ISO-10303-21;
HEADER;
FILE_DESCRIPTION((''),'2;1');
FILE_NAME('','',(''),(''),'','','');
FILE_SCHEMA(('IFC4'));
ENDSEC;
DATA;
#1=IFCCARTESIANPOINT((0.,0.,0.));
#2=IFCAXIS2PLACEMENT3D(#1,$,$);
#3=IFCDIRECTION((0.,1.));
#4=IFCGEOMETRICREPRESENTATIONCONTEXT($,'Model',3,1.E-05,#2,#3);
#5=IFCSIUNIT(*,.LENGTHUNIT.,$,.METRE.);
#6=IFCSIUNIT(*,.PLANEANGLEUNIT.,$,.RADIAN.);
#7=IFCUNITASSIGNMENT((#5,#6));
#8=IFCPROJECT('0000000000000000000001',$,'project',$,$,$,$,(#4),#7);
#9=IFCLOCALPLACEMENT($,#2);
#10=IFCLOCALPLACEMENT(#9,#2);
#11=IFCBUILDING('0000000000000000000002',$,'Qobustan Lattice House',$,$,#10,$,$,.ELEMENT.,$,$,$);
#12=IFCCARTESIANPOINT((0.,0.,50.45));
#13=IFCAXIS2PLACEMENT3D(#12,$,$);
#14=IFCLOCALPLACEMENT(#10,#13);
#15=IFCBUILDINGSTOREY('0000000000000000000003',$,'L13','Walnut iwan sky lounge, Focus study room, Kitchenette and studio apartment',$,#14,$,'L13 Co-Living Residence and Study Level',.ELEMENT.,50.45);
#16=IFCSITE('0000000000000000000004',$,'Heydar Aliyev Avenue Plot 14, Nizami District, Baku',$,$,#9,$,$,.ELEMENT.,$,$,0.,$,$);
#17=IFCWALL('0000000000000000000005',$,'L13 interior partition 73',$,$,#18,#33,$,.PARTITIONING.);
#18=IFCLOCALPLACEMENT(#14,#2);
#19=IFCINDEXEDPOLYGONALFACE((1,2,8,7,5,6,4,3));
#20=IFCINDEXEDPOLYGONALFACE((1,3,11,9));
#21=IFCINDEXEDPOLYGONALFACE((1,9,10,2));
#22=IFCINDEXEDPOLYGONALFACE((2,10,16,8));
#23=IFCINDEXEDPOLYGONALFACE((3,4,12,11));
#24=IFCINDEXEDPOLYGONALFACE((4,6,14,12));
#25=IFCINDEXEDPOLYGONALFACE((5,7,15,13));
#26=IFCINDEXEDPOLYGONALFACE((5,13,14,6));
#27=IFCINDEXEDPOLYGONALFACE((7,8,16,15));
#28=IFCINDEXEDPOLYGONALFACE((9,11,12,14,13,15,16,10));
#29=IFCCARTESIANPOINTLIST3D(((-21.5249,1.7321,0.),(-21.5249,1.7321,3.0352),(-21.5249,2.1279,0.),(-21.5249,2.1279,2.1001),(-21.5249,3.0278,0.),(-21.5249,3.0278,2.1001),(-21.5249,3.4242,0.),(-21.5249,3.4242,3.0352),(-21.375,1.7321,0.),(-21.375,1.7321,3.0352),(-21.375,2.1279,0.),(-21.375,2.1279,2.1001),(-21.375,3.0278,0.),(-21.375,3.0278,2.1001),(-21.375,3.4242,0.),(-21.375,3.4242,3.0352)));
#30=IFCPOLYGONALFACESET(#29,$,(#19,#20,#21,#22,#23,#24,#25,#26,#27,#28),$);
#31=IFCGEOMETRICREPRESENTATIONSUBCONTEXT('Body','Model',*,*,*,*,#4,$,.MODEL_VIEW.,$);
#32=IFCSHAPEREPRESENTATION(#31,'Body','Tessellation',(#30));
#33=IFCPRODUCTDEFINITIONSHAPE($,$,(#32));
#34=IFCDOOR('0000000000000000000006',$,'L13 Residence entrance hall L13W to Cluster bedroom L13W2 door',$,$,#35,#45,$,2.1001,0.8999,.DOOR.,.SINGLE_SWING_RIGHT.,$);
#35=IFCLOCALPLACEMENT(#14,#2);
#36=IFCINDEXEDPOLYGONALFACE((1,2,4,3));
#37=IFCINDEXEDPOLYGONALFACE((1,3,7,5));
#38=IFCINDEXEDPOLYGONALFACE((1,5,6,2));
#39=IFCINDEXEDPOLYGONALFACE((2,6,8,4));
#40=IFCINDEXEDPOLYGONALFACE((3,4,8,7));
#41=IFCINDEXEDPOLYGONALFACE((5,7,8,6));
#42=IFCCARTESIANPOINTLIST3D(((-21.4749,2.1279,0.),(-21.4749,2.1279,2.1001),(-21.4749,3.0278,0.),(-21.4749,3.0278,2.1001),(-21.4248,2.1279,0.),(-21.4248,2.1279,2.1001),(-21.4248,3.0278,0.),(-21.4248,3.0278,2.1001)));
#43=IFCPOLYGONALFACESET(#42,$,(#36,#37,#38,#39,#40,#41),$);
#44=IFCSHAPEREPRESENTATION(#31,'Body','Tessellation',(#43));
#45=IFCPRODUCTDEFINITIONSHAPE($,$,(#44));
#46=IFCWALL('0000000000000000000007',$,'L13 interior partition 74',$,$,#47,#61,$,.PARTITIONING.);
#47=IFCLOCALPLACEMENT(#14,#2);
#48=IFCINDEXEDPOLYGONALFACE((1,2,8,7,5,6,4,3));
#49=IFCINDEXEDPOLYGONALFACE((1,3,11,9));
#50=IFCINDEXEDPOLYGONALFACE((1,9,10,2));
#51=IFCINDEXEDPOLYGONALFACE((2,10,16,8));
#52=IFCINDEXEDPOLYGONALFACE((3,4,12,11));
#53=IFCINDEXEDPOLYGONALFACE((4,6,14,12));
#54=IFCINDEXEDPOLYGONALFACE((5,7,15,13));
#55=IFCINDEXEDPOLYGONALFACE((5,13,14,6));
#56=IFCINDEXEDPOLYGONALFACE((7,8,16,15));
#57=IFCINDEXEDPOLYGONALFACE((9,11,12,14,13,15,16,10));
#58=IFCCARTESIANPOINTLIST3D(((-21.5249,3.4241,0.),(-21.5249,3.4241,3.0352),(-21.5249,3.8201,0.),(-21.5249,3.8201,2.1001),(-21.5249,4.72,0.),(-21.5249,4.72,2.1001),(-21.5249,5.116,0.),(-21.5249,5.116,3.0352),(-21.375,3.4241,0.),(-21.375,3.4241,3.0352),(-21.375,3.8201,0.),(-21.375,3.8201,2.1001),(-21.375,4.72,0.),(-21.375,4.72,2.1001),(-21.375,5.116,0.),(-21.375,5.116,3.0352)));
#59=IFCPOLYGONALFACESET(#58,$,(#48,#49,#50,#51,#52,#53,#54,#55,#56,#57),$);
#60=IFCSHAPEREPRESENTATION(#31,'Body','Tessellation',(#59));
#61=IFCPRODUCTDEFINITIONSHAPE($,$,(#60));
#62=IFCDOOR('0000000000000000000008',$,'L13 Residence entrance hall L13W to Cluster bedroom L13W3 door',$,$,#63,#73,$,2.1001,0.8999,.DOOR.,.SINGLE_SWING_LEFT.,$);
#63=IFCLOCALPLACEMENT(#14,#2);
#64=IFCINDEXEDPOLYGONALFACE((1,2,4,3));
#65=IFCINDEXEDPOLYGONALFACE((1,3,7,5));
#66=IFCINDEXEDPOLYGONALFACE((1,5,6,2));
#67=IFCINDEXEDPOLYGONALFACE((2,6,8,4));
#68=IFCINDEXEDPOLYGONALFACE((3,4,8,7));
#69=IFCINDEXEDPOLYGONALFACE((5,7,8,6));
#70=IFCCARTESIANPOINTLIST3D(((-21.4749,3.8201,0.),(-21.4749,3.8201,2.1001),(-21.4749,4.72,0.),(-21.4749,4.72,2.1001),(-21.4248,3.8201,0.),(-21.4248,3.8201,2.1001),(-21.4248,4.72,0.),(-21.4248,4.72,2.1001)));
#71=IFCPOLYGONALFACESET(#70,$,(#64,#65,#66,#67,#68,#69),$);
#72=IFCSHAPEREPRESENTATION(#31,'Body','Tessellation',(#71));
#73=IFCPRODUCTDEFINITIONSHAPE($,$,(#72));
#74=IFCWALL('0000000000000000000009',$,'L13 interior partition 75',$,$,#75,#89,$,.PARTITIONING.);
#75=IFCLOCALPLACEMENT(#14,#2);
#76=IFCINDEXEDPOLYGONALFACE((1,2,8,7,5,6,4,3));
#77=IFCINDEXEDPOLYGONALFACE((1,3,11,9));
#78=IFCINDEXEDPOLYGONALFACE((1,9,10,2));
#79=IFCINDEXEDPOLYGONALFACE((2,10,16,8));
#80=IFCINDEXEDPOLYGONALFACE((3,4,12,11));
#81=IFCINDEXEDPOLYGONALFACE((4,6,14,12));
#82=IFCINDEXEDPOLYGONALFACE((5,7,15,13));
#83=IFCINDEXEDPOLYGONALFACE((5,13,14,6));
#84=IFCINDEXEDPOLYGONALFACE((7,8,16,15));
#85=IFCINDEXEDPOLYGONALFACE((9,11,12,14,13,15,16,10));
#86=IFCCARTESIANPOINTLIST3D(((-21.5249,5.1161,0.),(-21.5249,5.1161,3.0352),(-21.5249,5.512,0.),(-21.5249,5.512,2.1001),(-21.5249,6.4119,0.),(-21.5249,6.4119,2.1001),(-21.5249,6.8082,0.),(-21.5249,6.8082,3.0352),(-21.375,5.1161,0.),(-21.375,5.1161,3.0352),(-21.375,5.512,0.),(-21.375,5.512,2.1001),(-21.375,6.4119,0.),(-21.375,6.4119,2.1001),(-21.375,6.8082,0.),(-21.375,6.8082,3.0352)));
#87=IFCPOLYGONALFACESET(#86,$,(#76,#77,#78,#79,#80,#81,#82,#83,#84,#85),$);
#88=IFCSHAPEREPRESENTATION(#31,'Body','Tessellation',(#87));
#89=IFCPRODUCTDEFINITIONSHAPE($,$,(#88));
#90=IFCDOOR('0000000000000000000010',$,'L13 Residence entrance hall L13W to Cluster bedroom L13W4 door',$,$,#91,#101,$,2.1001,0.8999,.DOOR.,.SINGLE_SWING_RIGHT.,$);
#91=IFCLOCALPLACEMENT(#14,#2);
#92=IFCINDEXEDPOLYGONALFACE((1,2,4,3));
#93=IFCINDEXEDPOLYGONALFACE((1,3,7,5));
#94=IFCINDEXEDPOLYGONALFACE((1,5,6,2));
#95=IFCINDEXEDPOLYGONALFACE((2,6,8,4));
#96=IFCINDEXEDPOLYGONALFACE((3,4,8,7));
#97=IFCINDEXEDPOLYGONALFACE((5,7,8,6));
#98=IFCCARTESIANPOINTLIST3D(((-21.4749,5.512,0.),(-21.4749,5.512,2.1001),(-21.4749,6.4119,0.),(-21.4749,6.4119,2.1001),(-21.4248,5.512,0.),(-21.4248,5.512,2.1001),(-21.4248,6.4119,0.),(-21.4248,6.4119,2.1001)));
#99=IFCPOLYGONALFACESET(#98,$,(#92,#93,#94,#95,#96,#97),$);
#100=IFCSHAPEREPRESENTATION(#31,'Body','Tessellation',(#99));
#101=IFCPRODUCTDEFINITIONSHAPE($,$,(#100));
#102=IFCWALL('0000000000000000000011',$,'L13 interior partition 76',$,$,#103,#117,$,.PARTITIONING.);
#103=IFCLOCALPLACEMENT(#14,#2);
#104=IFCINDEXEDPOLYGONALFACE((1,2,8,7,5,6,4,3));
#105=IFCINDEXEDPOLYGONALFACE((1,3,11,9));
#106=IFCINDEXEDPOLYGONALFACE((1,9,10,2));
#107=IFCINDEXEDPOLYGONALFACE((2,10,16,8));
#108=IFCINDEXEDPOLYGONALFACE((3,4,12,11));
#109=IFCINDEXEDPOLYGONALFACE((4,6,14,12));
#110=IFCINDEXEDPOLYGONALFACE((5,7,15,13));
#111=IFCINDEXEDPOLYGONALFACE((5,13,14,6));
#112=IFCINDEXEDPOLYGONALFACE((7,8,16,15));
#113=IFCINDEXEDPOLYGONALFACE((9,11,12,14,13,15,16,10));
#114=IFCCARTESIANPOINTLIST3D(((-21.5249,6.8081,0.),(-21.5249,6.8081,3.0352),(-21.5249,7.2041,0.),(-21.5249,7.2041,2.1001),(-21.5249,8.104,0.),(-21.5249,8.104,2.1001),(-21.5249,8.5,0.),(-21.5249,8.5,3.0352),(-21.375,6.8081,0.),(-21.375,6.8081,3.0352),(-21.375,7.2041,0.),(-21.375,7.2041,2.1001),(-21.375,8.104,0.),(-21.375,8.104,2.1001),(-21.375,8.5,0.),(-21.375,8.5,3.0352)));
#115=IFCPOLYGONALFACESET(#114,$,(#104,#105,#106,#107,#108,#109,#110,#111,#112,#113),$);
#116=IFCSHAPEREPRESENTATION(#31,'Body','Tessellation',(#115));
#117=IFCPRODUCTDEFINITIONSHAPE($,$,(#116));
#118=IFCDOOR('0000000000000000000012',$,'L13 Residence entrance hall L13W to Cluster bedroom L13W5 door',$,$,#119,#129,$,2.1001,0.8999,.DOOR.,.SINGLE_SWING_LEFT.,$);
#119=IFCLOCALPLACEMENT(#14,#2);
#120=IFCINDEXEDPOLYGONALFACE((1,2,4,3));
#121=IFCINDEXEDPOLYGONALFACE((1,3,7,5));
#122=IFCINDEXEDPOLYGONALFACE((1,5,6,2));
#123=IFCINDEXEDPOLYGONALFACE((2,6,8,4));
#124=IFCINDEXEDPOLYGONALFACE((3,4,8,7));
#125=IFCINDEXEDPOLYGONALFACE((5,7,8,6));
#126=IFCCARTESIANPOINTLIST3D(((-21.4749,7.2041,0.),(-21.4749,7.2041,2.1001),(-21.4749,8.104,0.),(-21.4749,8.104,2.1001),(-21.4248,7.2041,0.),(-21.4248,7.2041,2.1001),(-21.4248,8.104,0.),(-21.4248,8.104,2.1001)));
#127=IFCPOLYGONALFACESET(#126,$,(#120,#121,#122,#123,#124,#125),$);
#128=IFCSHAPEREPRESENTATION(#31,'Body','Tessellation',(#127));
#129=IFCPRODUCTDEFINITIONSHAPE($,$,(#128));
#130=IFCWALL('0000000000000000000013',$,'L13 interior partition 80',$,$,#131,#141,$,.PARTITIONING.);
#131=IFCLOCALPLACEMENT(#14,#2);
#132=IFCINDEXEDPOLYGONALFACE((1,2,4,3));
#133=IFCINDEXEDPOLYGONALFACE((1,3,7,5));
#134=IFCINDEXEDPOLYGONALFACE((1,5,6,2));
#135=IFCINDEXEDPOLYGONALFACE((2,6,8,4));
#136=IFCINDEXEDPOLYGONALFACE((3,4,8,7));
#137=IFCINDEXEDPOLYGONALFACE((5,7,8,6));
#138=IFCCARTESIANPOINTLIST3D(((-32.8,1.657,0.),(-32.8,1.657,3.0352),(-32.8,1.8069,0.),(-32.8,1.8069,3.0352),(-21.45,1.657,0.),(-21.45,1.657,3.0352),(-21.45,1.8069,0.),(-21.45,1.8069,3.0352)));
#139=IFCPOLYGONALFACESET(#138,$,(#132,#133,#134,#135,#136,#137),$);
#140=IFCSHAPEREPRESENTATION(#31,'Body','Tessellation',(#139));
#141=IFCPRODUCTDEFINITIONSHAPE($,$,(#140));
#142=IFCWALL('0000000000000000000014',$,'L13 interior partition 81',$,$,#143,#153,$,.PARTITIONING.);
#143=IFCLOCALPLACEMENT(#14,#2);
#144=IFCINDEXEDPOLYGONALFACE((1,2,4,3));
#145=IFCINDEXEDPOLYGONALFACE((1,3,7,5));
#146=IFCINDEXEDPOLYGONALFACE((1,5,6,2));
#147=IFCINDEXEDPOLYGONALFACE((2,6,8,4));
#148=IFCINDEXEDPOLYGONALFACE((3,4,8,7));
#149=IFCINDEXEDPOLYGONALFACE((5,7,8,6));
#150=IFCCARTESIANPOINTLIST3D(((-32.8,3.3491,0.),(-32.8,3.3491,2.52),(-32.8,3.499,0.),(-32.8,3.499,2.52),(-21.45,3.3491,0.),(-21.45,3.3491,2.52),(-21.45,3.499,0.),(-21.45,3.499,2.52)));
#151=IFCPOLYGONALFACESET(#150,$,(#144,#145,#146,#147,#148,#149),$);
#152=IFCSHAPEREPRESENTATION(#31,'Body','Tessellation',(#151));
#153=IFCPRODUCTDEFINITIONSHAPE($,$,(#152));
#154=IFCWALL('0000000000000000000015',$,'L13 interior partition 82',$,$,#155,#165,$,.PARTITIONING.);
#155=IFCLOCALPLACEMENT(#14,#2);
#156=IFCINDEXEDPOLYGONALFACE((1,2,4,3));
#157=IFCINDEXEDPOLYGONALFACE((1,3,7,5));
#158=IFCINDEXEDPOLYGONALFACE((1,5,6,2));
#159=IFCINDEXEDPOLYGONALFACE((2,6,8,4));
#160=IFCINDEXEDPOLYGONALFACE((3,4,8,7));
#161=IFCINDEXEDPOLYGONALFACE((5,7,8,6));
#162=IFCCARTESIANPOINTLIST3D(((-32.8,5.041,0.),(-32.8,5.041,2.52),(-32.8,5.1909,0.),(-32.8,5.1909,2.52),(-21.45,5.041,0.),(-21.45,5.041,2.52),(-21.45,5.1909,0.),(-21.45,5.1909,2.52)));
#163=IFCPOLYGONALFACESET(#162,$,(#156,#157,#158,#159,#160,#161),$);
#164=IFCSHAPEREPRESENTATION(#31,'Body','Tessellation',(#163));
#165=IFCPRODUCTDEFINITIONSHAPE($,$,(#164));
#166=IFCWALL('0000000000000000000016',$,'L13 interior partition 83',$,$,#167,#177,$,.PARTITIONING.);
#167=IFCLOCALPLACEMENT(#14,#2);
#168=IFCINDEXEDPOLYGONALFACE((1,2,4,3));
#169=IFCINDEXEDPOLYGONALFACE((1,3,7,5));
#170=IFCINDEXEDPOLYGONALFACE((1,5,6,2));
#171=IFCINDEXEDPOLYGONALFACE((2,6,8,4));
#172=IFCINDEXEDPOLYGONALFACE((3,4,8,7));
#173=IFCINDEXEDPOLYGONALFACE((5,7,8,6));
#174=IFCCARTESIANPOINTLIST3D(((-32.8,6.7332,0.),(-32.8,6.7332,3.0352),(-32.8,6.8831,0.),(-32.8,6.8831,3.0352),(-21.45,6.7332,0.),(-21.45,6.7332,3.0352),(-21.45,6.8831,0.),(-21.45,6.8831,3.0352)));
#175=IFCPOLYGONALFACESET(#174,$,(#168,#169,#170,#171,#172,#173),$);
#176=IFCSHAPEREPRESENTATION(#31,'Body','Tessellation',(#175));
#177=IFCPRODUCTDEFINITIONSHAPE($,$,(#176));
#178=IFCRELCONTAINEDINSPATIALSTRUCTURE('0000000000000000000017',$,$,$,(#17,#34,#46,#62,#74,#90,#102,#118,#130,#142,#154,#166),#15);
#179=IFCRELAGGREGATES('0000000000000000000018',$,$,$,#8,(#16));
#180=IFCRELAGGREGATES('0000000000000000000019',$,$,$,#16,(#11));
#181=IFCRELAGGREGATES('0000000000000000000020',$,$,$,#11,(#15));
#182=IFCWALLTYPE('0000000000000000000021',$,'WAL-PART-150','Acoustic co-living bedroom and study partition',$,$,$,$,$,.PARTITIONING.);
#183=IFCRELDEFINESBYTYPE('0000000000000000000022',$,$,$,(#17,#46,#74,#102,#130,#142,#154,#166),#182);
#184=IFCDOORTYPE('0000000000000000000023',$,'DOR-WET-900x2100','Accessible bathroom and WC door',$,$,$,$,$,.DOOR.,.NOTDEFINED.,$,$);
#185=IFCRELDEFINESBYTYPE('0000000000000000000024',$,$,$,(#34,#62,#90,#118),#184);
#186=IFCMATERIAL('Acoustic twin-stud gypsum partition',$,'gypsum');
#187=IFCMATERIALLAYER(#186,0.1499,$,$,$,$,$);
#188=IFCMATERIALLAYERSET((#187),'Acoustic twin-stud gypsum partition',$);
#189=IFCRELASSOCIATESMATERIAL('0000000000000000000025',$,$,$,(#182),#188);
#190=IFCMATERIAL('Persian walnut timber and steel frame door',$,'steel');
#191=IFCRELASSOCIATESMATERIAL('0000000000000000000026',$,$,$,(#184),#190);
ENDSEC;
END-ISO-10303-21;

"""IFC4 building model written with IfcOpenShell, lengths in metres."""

from ifc_helpers import new_model, si_unit, direction, frame, frame_2d, origin, place, context, subcontext, project, spatial, rectangle, extrude, material, layer, layer_set, type_object, element, fill, save


model = new_model("IFC4")

# Units and contexts
model_context = context("Model", 3, precision=1e-05, world=origin(), true_north=direction((0.0, 1.0)))
body_context = subcontext(model_context, "Body", "Model", "MODEL_VIEW")
ifc_project = project(units=[si_unit("LENGTHUNIT", "METRE"), si_unit("PLANEANGLEUNIT", "RADIAN")], contexts=[model_context])

# Site, building, storey
site_placement = place(None, origin())
site = spatial("IfcSite", under=ifc_project, at=site_placement, Name="Heydar Aliyev Avenue Plot 14, Nizami District, Baku", CompositionType="ELEMENT", RefElevation=0.0)
building_placement = place(site_placement, origin())
building = spatial("IfcBuilding", under=site, at=building_placement, Name="Qobustan Lattice House", CompositionType="ELEMENT")
storey_placement = place(building_placement, frame((0.0, 0.0, 50.45)))
storey = spatial("IfcBuildingStorey", under=building, at=storey_placement, Name="L13", Description="Walnut iwan sky lounge, Focus study room, Kitchenette and studio apartment", LongName="L13 Co-Living Residence and Study Level", CompositionType="ELEMENT", Elevation=50.45)

# Shared definitions
ifc_material_1 = material(Name="Acoustic twin-stud gypsum partition", Category="gypsum")
ifc_layer_1 = layer(ifc_material_1, 0.1499)
ifc_layer_set_1 = layer_set([ifc_layer_1], Name="Acoustic twin-stud gypsum partition")
wall_type_1 = type_object("IfcWallType", Name="WAL-PART-150", Description="Acoustic co-living bedroom and study partition", PredefinedType="PARTITIONING", material=ifc_layer_set_1)

# Walls, openings, doors
wall_1_placement = place(storey_placement, frame((-21.45, 1.7319, 0.0), z_axis=(0.0, 0.0, 1.0), x_axis=(0.0, 1.0, 0.0)))
wall_1 = element("IfcWall", 1, at=wall_1_placement, inside=storey, type_object=wall_type_1, Name="L13 interior partition 73", PredefinedType="PARTITIONING", context=body_context, shape_type="SweptSolid", body=[
    extrude(rectangle(XDim=1.6921, YDim=0.1499, at=frame_2d((0.8462, 0.0))), origin(), (0.0, 0.0, 1.0), 3.0352),
])
opening_1_placement = place(wall_1_placement, frame((0.396, 0.0, 0.0)))
opening_1 = element("IfcOpeningElement", 2, at=opening_1_placement, cuts=wall_1, PredefinedType="OPENING", context=body_context, shape_type="SweptSolid", body=[
    extrude(rectangle(XDim=0.8999, YDim=2.1001, at=frame_2d((0.45, 1.05))), frame((0.0, 0.085, 0.0), z_axis=(0.0, -1.0, 0.0), x_axis=(1.0, 0.0, 0.0)), (0.0, 0.0, 1.0), 0.1699),
])
ifc_material_2 = material(Name="Persian walnut timber and steel frame door", Category="steel")
door_type_1 = type_object("IfcDoorType", Name="DOR-WET-900x2100", Description="Accessible bathroom and WC door", OperationType="NOTDEFINED", PredefinedType="DOOR", material=ifc_material_2)
door_1_placement = place(opening_1_placement, origin())
door_1 = element("IfcDoor", 3, at=door_1_placement, inside=storey, type_object=door_type_1, Name="L13 Residence entrance hall L13W to Cluster bedroom L13W2 door", OperationType="SINGLE_SWING_RIGHT", OverallHeight=2.1001, OverallWidth=0.8999, PredefinedType="DOOR", context=body_context, shape_type="SweptSolid", body=[
    extrude(rectangle(XDim=0.8999, YDim=2.1001, at=frame_2d((0.45, 1.05))), frame((0.0, 0.0249, 0.0), z_axis=(0.0, -1.0, 0.0), x_axis=(1.0, 0.0, 0.0)), (0.0, 0.0, 1.0), 0.05),
])
fill(opening_1, door_1)
wall_2_placement = place(storey_placement, frame((-21.45, 3.4241, 0.0), z_axis=(0.0, 0.0, 1.0), x_axis=(0.0, 1.0, 0.0)))
wall_2 = element("IfcWall", 4, at=wall_2_placement, inside=storey, type_object=wall_type_1, Name="L13 interior partition 74", PredefinedType="PARTITIONING", context=body_context, shape_type="SweptSolid", body=[
    extrude(rectangle(XDim=1.6919, YDim=0.1499, at=frame_2d((0.8459, 0.0))), origin(), (0.0, 0.0, 1.0), 3.0352),
])
opening_2_placement = place(wall_2_placement, frame((0.396, 0.0, 0.0)))
opening_2 = element("IfcOpeningElement", 5, at=opening_2_placement, cuts=wall_2, PredefinedType="OPENING", context=body_context, shape_type="SweptSolid", body=[
    extrude(rectangle(XDim=0.8999, YDim=2.1001, at=frame_2d((0.45, 1.05))), frame((0.0, 0.085, 0.0), z_axis=(0.0, -1.0, 0.0), x_axis=(1.0, 0.0, 0.0)), (0.0, 0.0, 1.0), 0.1699),
])
door_2_placement = place(opening_2_placement, origin())
door_2 = element("IfcDoor", 6, at=door_2_placement, inside=storey, type_object=door_type_1, Name="L13 Residence entrance hall L13W to Cluster bedroom L13W3 door", OperationType="SINGLE_SWING_LEFT", OverallHeight=2.1001, OverallWidth=0.8999, PredefinedType="DOOR", context=body_context, shape_type="SweptSolid", body=[
    extrude(rectangle(XDim=0.8999, YDim=2.1001, at=frame_2d((0.45, 1.05))), frame((0.0, 0.0249, 0.0), z_axis=(0.0, -1.0, 0.0), x_axis=(1.0, 0.0, 0.0)), (0.0, 0.0, 1.0), 0.05),
])
fill(opening_2, door_2)
wall_3_placement = place(storey_placement, frame((-21.45, 5.116, 0.0), z_axis=(0.0, 0.0, 1.0), x_axis=(0.0, 1.0, 0.0)))
wall_3 = element("IfcWall", 7, at=wall_3_placement, inside=storey, type_object=wall_type_1, Name="L13 interior partition 75", PredefinedType="PARTITIONING", context=body_context, shape_type="SweptSolid", body=[
    extrude(rectangle(XDim=1.6921, YDim=0.1499, at=frame_2d((0.8462, 0.0))), origin(), (0.0, 0.0, 1.0), 3.0352),
])
opening_3_placement = place(wall_3_placement, frame((0.396, 0.0, 0.0)))
opening_3 = element("IfcOpeningElement", 8, at=opening_3_placement, cuts=wall_3, PredefinedType="OPENING", context=body_context, shape_type="SweptSolid", body=[
    extrude(rectangle(XDim=0.8999, YDim=2.1001, at=frame_2d((0.45, 1.05))), frame((0.0, 0.085, 0.0), z_axis=(0.0, -1.0, 0.0), x_axis=(1.0, 0.0, 0.0)), (0.0, 0.0, 1.0), 0.1699),
])
door_3_placement = place(opening_3_placement, origin())
door_3 = element("IfcDoor", 9, at=door_3_placement, inside=storey, type_object=door_type_1, Name="L13 Residence entrance hall L13W to Cluster bedroom L13W4 door", OperationType="SINGLE_SWING_RIGHT", OverallHeight=2.1001, OverallWidth=0.8999, PredefinedType="DOOR", context=body_context, shape_type="SweptSolid", body=[
    extrude(rectangle(XDim=0.8999, YDim=2.1001, at=frame_2d((0.45, 1.05))), frame((0.0, 0.0249, 0.0), z_axis=(0.0, -1.0, 0.0), x_axis=(1.0, 0.0, 0.0)), (0.0, 0.0, 1.0), 0.05),
])
fill(opening_3, door_3)
wall_4_placement = place(storey_placement, frame((-21.45, 6.8081, 0.0), z_axis=(0.0, 0.0, 1.0), x_axis=(0.0, 1.0, 0.0)))
wall_4 = element("IfcWall", 10, at=wall_4_placement, inside=storey, type_object=wall_type_1, Name="L13 interior partition 76", PredefinedType="PARTITIONING", context=body_context, shape_type="SweptSolid", body=[
    extrude(rectangle(XDim=1.6919, YDim=0.1499, at=frame_2d((0.8459, 0.0))), origin(), (0.0, 0.0, 1.0), 3.0352),
])
opening_4_placement = place(wall_4_placement, frame((0.396, 0.0, 0.0)))
opening_4 = element("IfcOpeningElement", 11, at=opening_4_placement, cuts=wall_4, PredefinedType="OPENING", context=body_context, shape_type="SweptSolid", body=[
    extrude(rectangle(XDim=0.8999, YDim=2.1001, at=frame_2d((0.45, 1.05))), frame((0.0, 0.085, 0.0), z_axis=(0.0, -1.0, 0.0), x_axis=(1.0, 0.0, 0.0)), (0.0, 0.0, 1.0), 0.1699),
])
door_4_placement = place(opening_4_placement, origin())
door_4 = element("IfcDoor", 12, at=door_4_placement, inside=storey, type_object=door_type_1, Name="L13 Residence entrance hall L13W to Cluster bedroom L13W5 door", OperationType="SINGLE_SWING_LEFT", OverallHeight=2.1001, OverallWidth=0.8999, PredefinedType="DOOR", context=body_context, shape_type="SweptSolid", body=[
    extrude(rectangle(XDim=0.8999, YDim=2.1001, at=frame_2d((0.45, 1.05))), frame((0.0, 0.0249, 0.0), z_axis=(0.0, -1.0, 0.0), x_axis=(1.0, 0.0, 0.0)), (0.0, 0.0, 1.0), 0.05),
])
fill(opening_4, door_4)

# Walls
wall_5_placement = place(storey_placement, frame((-32.8, 1.7319, 0.0), z_axis=(0.0, 0.0, 1.0), x_axis=(1.0, 0.0, 0.0)))
element("IfcWall", 13, at=wall_5_placement, inside=storey, type_object=wall_type_1, Name="L13 interior partition 80", PredefinedType="PARTITIONING", context=body_context, shape_type="SweptSolid", body=[
    extrude(rectangle(XDim=11.3501, YDim=0.1499, at=frame_2d((5.675, 0.0))), origin(), (0.0, 0.0, 1.0), 3.0352),
])
for number, where, z_axis, x_axis, name in (
    (14, (-32.8, 3.4241, 0.0), (0.0, 0.0, 1.0), (1.0, 0.0, 0.0), "L13 interior partition 81"),
    (15, (-32.8, 5.116, 0.0), (0.0, 0.0, 1.0), (1.0, 0.0, 0.0), "L13 interior partition 82"),
):
    element("IfcWall", number, at=place(storey_placement, frame(where, z_axis=z_axis, x_axis=x_axis)), inside=storey, type_object=wall_type_1, Name=name, PredefinedType="PARTITIONING", context=body_context, shape_type="SweptSolid", body=[
        extrude(rectangle(XDim=11.3501, YDim=0.1499, at=frame_2d((5.675, 0.0))), origin(), (0.0, 0.0, 1.0), 2.52),
    ])
wall_6_placement = place(storey_placement, frame((-32.8, 6.8081, 0.0), z_axis=(0.0, 0.0, 1.0), x_axis=(1.0, 0.0, 0.0)))
element("IfcWall", 16, at=wall_6_placement, inside=storey, type_object=wall_type_1, Name="L13 interior partition 83", PredefinedType="PARTITIONING", context=body_context, shape_type="SweptSolid", body=[
    extrude(rectangle(XDim=11.3501, YDim=0.1499, at=frame_2d((5.675, 0.0))), origin(), (0.0, 0.0, 1.0), 3.0352),
])

save(model, "model.ifc")
